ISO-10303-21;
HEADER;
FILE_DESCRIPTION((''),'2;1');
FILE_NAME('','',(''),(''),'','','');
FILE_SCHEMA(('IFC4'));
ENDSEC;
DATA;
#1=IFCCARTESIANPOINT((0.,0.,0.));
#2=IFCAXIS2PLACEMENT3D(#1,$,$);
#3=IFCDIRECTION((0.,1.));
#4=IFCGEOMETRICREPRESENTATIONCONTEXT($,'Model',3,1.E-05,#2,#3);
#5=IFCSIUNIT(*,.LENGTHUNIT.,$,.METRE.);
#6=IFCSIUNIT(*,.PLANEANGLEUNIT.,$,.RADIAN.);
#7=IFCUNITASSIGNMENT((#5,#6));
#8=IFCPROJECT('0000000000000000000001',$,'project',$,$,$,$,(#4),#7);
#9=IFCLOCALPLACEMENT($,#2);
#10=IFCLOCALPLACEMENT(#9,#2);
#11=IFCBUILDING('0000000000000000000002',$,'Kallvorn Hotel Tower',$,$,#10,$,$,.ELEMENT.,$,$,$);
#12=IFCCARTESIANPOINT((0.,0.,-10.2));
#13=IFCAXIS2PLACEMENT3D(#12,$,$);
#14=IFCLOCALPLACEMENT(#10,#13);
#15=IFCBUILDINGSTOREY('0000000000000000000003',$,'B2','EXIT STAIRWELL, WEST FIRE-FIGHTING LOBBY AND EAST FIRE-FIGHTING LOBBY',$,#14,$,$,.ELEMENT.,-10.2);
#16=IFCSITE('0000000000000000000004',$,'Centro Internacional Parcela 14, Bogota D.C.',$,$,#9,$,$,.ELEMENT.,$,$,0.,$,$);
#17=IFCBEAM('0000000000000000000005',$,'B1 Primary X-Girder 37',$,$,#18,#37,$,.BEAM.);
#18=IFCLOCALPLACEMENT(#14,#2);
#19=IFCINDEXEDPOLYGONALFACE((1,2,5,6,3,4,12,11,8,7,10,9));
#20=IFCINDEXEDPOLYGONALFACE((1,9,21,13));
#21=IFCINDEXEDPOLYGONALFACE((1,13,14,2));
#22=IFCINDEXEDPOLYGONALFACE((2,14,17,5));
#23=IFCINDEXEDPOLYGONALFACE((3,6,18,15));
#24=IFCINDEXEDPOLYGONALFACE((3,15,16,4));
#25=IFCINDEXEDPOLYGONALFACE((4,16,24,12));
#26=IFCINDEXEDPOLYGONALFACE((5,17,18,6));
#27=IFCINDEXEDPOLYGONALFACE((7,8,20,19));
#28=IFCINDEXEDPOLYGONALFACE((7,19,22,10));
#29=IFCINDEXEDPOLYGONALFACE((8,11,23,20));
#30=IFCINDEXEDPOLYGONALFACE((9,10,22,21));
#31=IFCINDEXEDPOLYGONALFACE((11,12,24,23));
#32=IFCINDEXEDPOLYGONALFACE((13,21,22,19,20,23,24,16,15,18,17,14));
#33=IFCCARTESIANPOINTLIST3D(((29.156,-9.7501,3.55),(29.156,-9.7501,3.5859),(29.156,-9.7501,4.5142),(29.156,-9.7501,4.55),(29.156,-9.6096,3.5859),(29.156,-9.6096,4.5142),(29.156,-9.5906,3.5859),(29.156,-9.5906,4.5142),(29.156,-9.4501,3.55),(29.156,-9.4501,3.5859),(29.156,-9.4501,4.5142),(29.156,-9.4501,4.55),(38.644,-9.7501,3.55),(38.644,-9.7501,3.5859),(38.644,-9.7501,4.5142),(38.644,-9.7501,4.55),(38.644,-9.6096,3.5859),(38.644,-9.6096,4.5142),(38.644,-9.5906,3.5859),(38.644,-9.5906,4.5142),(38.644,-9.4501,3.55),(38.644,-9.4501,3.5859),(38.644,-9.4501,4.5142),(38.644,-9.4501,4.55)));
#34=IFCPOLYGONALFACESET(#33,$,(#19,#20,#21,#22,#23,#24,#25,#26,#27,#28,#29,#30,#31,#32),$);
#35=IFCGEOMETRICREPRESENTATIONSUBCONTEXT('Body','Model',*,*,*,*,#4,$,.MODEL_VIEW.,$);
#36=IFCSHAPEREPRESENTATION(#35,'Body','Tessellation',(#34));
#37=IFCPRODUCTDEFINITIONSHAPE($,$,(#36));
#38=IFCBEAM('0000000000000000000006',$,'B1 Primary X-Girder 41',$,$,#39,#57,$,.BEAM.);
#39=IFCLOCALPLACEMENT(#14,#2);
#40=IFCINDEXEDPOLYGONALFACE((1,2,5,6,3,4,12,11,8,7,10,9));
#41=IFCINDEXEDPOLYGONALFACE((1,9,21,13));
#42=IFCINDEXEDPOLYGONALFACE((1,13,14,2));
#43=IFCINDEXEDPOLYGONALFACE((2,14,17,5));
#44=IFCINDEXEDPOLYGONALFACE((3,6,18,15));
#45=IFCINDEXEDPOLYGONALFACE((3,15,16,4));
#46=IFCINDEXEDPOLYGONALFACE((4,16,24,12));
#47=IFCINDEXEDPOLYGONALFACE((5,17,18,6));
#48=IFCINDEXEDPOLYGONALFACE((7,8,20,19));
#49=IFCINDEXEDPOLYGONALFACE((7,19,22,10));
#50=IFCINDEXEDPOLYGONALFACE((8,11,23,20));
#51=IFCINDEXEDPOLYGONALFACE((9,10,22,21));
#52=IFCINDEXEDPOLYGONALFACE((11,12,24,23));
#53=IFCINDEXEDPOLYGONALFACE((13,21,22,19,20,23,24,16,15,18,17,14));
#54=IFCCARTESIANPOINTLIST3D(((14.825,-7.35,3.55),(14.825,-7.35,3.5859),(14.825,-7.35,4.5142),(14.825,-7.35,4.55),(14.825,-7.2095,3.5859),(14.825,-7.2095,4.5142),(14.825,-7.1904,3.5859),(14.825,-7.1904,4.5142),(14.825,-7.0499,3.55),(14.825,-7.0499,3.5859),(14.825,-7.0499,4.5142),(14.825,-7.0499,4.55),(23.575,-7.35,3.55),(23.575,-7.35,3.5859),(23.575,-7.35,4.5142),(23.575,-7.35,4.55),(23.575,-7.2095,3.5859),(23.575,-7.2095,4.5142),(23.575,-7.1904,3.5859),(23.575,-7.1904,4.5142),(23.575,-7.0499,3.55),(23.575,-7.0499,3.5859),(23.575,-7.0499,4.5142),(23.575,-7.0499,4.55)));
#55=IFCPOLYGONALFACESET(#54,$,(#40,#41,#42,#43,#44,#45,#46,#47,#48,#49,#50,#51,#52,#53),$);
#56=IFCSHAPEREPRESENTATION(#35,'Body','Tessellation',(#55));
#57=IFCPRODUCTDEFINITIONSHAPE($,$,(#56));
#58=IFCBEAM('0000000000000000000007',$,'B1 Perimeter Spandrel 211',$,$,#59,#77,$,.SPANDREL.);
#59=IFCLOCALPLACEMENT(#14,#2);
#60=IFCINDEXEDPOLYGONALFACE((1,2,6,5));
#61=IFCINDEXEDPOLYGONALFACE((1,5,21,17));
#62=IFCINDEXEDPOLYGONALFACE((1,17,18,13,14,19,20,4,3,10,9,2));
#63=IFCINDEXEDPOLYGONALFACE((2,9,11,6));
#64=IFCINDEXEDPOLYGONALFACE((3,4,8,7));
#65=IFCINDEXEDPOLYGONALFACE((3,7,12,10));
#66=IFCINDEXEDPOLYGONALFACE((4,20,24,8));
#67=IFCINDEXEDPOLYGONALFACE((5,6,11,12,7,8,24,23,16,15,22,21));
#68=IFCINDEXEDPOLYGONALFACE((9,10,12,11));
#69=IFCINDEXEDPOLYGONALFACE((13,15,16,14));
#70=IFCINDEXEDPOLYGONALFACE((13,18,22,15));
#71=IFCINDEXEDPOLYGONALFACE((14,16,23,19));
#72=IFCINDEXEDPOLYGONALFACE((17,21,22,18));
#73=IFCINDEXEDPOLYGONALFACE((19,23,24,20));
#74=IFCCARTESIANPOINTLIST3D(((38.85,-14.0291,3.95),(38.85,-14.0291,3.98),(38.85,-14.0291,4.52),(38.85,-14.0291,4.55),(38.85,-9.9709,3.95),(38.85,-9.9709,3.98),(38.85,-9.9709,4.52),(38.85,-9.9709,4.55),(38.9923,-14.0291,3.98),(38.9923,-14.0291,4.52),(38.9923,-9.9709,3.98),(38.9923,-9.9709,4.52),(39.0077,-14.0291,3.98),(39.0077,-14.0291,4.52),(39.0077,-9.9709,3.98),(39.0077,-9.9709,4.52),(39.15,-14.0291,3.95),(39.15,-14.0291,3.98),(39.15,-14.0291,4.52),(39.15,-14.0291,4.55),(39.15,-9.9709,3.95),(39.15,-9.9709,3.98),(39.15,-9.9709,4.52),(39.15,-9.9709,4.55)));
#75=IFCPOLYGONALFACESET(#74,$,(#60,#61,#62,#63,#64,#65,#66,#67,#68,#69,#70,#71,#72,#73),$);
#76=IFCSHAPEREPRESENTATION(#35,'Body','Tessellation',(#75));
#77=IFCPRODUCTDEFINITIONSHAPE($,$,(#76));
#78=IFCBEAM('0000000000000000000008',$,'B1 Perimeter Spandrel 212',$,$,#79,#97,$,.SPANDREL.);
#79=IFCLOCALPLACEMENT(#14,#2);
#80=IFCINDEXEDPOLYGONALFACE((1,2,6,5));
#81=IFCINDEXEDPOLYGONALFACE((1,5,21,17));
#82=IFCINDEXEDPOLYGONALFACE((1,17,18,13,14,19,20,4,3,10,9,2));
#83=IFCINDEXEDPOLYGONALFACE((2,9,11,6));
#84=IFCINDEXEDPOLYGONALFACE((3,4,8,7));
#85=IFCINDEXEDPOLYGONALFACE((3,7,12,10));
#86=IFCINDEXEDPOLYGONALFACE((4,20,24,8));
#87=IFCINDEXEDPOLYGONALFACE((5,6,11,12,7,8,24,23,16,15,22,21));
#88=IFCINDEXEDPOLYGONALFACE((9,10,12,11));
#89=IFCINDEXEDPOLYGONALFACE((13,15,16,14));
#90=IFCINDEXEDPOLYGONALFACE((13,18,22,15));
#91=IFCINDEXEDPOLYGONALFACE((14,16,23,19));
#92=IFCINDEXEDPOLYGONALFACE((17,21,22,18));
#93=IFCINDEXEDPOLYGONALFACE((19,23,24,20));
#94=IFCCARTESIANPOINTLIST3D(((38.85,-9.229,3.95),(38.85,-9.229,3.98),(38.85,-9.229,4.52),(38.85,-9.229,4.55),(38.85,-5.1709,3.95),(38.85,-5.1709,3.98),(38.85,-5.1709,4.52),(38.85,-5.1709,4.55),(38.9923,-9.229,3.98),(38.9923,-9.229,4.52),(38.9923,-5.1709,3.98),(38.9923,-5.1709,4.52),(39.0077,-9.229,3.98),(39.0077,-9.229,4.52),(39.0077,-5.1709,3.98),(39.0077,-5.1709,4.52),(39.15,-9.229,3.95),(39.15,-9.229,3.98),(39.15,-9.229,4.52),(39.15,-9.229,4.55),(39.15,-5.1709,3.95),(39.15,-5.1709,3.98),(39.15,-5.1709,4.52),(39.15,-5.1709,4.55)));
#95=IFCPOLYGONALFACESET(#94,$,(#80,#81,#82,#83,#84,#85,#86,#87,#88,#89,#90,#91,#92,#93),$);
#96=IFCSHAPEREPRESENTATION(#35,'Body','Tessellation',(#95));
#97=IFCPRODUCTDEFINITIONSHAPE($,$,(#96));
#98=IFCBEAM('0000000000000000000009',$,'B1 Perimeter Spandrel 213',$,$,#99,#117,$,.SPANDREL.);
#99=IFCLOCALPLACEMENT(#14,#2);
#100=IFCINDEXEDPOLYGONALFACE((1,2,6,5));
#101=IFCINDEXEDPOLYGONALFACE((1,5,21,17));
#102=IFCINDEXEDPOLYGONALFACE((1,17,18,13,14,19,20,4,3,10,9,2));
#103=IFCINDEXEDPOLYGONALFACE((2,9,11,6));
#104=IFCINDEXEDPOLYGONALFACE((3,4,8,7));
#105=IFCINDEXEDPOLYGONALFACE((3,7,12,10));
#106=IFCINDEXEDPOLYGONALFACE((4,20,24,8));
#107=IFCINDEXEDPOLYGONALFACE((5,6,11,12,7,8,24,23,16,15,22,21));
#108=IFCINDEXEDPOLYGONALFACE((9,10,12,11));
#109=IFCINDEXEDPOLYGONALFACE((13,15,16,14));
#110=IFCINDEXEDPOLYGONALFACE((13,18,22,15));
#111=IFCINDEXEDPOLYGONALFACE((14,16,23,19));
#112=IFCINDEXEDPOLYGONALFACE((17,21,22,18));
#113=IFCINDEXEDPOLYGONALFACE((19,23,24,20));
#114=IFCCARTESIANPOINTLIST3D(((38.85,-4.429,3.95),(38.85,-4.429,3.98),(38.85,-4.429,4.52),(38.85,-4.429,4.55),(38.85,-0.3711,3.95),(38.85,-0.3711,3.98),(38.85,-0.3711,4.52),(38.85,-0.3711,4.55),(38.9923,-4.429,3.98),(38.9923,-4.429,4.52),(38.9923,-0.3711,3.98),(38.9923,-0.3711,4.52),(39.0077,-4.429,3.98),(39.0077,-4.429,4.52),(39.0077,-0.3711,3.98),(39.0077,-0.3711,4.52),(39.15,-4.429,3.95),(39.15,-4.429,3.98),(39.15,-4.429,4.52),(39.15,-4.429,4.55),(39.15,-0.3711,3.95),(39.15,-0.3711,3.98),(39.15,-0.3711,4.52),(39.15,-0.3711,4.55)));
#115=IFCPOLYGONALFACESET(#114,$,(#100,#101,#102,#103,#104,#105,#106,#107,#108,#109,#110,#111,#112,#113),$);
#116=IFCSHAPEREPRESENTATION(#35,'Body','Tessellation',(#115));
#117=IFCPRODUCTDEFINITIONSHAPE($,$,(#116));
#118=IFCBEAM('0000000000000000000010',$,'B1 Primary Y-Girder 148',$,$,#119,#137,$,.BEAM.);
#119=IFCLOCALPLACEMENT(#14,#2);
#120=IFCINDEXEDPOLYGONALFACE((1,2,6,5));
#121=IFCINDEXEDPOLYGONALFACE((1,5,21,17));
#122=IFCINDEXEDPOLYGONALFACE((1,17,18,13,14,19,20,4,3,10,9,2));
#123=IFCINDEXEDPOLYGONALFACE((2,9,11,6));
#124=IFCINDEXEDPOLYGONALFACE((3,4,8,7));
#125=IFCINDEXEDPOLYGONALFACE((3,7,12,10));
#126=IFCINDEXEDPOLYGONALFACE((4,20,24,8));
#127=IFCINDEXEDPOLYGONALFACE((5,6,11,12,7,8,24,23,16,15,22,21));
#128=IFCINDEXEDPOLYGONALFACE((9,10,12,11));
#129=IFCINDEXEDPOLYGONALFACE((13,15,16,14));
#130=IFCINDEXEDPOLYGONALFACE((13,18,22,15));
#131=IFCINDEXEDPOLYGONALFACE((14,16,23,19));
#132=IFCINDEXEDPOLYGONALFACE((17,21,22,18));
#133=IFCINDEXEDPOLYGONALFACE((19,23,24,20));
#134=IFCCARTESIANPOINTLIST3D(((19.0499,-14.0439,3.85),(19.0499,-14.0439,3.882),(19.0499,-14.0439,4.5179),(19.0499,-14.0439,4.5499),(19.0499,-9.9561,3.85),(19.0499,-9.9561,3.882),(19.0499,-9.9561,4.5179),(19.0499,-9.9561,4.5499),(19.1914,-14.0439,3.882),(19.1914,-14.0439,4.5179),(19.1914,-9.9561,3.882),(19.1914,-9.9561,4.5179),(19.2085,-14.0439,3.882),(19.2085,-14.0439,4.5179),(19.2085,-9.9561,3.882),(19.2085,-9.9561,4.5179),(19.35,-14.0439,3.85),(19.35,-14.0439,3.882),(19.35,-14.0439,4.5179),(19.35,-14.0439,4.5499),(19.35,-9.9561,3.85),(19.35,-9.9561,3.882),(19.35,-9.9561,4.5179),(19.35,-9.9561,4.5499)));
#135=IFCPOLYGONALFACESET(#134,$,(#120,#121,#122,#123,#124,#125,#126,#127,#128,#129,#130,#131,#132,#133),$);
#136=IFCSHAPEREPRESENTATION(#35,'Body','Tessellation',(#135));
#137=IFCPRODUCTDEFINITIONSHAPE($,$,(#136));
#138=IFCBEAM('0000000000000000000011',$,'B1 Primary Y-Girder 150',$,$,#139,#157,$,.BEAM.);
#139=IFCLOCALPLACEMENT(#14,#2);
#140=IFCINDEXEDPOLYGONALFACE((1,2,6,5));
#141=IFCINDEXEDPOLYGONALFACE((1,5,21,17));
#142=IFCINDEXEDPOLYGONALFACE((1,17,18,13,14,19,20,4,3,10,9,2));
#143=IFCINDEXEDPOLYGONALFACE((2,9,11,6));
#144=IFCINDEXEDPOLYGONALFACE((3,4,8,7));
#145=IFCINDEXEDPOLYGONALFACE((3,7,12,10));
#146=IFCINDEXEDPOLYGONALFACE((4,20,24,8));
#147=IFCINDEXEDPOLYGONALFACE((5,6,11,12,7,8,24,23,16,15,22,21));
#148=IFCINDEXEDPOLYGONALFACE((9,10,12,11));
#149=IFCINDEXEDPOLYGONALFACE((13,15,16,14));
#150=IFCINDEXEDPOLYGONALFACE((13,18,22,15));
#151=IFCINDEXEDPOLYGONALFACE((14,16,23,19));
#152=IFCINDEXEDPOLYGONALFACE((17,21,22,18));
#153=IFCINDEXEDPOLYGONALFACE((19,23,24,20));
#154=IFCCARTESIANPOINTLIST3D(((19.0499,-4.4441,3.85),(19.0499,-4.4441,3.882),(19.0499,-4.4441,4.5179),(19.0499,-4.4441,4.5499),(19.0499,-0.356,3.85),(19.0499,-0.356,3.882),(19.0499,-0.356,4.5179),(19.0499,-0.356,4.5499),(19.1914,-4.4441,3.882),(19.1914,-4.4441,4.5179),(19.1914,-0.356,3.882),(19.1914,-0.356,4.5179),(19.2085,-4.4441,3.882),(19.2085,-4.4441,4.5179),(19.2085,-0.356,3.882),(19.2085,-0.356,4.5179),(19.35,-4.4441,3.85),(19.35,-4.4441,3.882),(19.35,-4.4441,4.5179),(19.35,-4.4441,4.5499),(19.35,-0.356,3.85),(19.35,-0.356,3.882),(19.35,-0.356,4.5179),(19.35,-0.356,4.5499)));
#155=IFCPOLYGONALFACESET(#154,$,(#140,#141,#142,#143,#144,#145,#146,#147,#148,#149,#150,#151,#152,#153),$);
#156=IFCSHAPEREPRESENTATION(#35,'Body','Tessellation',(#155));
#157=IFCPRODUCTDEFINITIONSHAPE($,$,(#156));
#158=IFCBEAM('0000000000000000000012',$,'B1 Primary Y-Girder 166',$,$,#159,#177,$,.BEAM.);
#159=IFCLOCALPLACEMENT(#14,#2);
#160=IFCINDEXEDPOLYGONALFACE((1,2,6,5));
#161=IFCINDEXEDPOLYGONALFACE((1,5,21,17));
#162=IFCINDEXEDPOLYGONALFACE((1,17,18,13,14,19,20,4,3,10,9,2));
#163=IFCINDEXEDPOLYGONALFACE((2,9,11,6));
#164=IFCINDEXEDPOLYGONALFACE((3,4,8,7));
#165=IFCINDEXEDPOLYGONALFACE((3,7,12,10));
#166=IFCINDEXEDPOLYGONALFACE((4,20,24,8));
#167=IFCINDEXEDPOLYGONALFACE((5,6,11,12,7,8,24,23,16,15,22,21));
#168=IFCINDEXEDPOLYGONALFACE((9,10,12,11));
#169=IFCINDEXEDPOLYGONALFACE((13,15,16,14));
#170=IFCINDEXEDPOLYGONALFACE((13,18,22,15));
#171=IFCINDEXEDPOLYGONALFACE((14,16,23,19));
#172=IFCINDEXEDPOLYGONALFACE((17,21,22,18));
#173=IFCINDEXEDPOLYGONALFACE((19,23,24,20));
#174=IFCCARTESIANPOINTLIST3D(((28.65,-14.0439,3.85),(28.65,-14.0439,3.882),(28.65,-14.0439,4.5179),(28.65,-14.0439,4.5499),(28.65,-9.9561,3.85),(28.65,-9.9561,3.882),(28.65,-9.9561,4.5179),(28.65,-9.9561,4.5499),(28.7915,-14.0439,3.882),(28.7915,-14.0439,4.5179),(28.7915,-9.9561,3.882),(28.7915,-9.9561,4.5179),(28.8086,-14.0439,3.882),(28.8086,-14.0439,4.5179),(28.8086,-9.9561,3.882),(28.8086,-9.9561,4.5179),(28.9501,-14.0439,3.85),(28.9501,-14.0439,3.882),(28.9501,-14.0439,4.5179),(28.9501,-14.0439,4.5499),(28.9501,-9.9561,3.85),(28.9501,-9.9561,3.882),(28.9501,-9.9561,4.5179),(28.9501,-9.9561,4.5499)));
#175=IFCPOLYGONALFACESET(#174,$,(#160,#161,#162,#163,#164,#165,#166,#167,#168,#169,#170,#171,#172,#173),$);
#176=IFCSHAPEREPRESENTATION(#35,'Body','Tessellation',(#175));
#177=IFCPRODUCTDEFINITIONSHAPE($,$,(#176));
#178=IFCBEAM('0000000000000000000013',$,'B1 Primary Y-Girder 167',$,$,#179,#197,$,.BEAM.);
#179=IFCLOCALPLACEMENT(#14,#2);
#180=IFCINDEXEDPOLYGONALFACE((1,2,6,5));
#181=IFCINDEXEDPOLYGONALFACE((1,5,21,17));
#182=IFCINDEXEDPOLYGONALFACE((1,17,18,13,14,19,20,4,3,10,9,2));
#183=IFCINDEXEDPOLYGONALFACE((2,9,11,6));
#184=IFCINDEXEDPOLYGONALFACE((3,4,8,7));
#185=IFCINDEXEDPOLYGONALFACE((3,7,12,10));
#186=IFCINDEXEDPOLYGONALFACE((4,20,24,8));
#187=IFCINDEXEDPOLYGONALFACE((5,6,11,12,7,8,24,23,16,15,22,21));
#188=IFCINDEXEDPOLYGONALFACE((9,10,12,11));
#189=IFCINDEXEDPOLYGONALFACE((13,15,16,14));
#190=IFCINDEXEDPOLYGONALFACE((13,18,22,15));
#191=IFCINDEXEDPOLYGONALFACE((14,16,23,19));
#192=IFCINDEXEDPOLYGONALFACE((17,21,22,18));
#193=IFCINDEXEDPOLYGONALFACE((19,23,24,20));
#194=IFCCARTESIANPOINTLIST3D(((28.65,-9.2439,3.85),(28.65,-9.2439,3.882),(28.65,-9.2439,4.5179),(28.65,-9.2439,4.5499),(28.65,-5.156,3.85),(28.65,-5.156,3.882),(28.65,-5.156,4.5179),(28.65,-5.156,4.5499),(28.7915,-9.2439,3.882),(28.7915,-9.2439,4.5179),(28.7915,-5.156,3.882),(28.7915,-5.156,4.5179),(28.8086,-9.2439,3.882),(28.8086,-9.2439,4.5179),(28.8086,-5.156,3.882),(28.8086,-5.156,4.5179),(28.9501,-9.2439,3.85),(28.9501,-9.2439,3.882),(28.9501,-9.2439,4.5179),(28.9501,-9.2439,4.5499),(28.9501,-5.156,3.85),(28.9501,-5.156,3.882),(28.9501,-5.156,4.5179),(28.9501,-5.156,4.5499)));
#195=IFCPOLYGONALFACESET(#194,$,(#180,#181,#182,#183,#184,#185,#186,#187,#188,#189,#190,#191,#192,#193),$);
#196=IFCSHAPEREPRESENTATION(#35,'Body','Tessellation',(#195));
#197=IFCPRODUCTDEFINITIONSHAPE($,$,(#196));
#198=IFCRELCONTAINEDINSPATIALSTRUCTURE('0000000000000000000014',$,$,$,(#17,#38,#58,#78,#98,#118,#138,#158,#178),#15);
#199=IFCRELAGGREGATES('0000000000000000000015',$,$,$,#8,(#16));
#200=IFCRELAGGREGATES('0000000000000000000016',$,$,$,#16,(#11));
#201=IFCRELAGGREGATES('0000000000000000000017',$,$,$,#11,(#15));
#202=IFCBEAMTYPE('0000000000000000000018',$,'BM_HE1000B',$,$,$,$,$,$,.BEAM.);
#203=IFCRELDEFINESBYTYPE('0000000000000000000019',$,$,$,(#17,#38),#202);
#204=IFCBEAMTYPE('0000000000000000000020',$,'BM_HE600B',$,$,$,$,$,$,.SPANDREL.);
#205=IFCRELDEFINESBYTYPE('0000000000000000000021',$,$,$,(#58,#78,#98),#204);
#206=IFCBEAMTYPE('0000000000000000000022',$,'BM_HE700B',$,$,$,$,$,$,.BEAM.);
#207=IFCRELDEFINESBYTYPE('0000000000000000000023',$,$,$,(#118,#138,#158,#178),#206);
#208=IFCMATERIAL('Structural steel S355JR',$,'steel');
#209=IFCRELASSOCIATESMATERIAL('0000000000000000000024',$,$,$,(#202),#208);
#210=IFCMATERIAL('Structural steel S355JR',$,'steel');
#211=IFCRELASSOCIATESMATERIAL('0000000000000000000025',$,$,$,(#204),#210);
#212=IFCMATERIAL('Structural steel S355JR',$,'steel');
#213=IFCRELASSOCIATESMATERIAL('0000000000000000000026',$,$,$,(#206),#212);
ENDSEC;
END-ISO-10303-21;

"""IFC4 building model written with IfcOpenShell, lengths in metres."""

from ifc_helpers import new_model, si_unit, direction, frame, origin, origin_2d, place, context, subcontext, project, spatial, i_section, extrude, material, material_profile, profile_set, type_object, element, save


model = new_model("IFC4")

# Units and contexts
model_context = context("Model", 3, precision=1e-05, world=origin(), true_north=direction((0.0, 1.0)))
body_context = subcontext(model_context, "Body", "Model", "MODEL_VIEW")
ifc_project = project(units=[si_unit("LENGTHUNIT", "METRE"), si_unit("PLANEANGLEUNIT", "RADIAN")], contexts=[model_context])

# Site, building, storey
site_placement = place(None, origin())
site = spatial("IfcSite", under=ifc_project, at=site_placement, Name="Centro Internacional Parcela 14, Bogota D.C.", CompositionType="ELEMENT", RefElevation=0.0)
building_placement = place(site_placement, origin())
building = spatial("IfcBuilding", under=site, at=building_placement, Name="Kallvorn Hotel Tower", CompositionType="ELEMENT")
storey_placement = place(building_placement, frame((0.0, 0.0, -10.2)))
storey = spatial("IfcBuildingStorey", under=building, at=storey_placement, Name="B2", Description="EXIT STAIRWELL, WEST FIRE-FIGHTING LOBBY AND EAST FIRE-FIGHTING LOBBY", CompositionType="ELEMENT", Elevation=-10.2)

# Beams
ifc_material_1 = material(Name="Structural steel S355JR", Category="steel")
ifc_material_profile_1 = material_profile(ifc_material_1, i_section(OverallWidth=0.3, OverallDepth=1.0, WebThickness=0.019, FlangeThickness=0.0359, at=origin_2d()), Name="HE 1000 B")
ifc_profile_set_1 = profile_set([ifc_material_profile_1], Name="Structural steel S355JR")
beam_type_1 = type_object("IfcBeamType", Name="BM_HE1000B", PredefinedType="BEAM", material=ifc_profile_set_1)
beam_1_placement = place(storey_placement, frame((29.156, -9.6001, 4.05), z_axis=(1.0, 0.0, 0.0), x_axis=(0.0, 1.0, 0.0)))
element("IfcBeam", 1, at=beam_1_placement, inside=storey, type_object=beam_type_1, Name="B1 Primary X-Girder 37", PredefinedType="BEAM", context=body_context, shape_type="SweptSolid", body=[
    extrude(i_section(OverallWidth=0.3, OverallDepth=1.0, WebThickness=0.019, FlangeThickness=0.0359, at=origin_2d()), origin(), (0.0, 0.0, 1.0), 9.488),
])
beam_2_placement = place(storey_placement, frame((14.825, -7.2, 4.05), z_axis=(1.0, 0.0, 0.0), x_axis=(0.0, 1.0, 0.0)))
element("IfcBeam", 2, at=beam_2_placement, inside=storey, type_object=beam_type_1, Name="B1 Primary X-Girder 41", PredefinedType="BEAM", context=body_context, shape_type="SweptSolid", body=[
    extrude(i_section(OverallWidth=0.3, OverallDepth=1.0, WebThickness=0.019, FlangeThickness=0.0359, at=origin_2d()), origin(), (0.0, 0.0, 1.0), 8.75),
])
ifc_material_2 = material(Name="Structural steel S355JR", Category="steel")
ifc_material_profile_2 = material_profile(ifc_material_2, i_section(OverallWidth=0.3, OverallDepth=0.6001, WebThickness=0.0154, FlangeThickness=0.03, at=origin_2d()), Name="HE 600 B")
ifc_profile_set_2 = profile_set([ifc_material_profile_2], Name="Structural steel S355JR")
beam_type_2 = type_object("IfcBeamType", Name="BM_HE600B", PredefinedType="SPANDREL", material=ifc_profile_set_2)
for number, where, z_axis, x_axis, name in (
    (3, (39.0, -14.0291, 4.25), (0.0, 1.0, 0.0), (-1.0, 0.0, 0.0), "B1 Perimeter Spandrel 211"),
    (4, (39.0, -9.229, 4.25), (0.0, 1.0, 0.0), (-1.0, 0.0, 0.0), "B1 Perimeter Spandrel 212"),
):
    element("IfcBeam", number, at=place(storey_placement, frame(where, z_axis=z_axis, x_axis=x_axis)), inside=storey, type_object=beam_type_2, Name=name, PredefinedType="SPANDREL", context=body_context, shape_type="SweptSolid", body=[
        extrude(i_section(OverallWidth=0.3, OverallDepth=0.6001, WebThickness=0.0154, FlangeThickness=0.03, at=origin_2d()), origin(), (0.0, 0.0, 1.0), 4.0581),
    ])
beam_3_placement = place(storey_placement, frame((39.0, -4.429, 4.25), z_axis=(0.0, 1.0, 0.0), x_axis=(-1.0, 0.0, 0.0)))
element("IfcBeam", 5, at=beam_3_placement, inside=storey, type_object=beam_type_2, Name="B1 Perimeter Spandrel 213", PredefinedType="SPANDREL", context=body_context, shape_type="SweptSolid", body=[
    extrude(i_section(OverallWidth=0.3, OverallDepth=0.6001, WebThickness=0.0154, FlangeThickness=0.03, at=origin_2d()), origin(), (0.0, 0.0, 1.0), 4.0579),
])
ifc_material_3 = material(Name="Structural steel S355JR", Category="steel")
ifc_material_profile_3 = material_profile(ifc_material_3, i_section(OverallWidth=0.3, OverallDepth=0.7, WebThickness=0.0171, FlangeThickness=0.032, at=origin_2d()), Name="HE 700 B")
ifc_profile_set_3 = profile_set([ifc_material_profile_3], Name="Structural steel S355JR")
beam_type_3 = type_object("IfcBeamType", Name="BM_HE700B", PredefinedType="BEAM", material=ifc_profile_set_3)
beam_4_placement = place(storey_placement, frame((19.2, -14.0439, 4.2), z_axis=(0.0, 1.0, 0.0), x_axis=(-1.0, 0.0, 0.0)))
element("IfcBeam", 6, at=beam_4_placement, inside=storey, type_object=beam_type_3, Name="B1 Primary Y-Girder 148", PredefinedType="BEAM", context=body_context, shape_type="SweptSolid", body=[
    extrude(i_section(OverallWidth=0.3, OverallDepth=0.7, WebThickness=0.0171, FlangeThickness=0.032, at=origin_2d()), origin(), (0.0, 0.0, 1.0), 4.0879),
])
beam_5_placement = place(storey_placement, frame((19.2, -4.4441, 4.2), z_axis=(0.0, 1.0, 0.0), x_axis=(-1.0, 0.0, 0.0)))
element("IfcBeam", 7, at=beam_5_placement, inside=storey, type_object=beam_type_3, Name="B1 Primary Y-Girder 150", PredefinedType="BEAM", context=body_context, shape_type="SweptSolid", body=[
    extrude(i_section(OverallWidth=0.3, OverallDepth=0.7, WebThickness=0.0171, FlangeThickness=0.032, at=origin_2d()), origin(), (0.0, 0.0, 1.0), 4.0881),
])
for number, where, z_axis, x_axis, name in (
    (8, (28.8, -14.0439, 4.2), (0.0, 1.0, 0.0), (-1.0, 0.0, 0.0), "B1 Primary Y-Girder 166"),
    (9, (28.8, -9.2439, 4.2), (0.0, 1.0, 0.0), (-1.0, 0.0, 0.0), "B1 Primary Y-Girder 167"),
):
    element("IfcBeam", number, at=place(storey_placement, frame(where, z_axis=z_axis, x_axis=x_axis)), inside=storey, type_object=beam_type_3, Name=name, PredefinedType="BEAM", context=body_context, shape_type="SweptSolid", body=[
        extrude(i_section(OverallWidth=0.3, OverallDepth=0.7, WebThickness=0.0171, FlangeThickness=0.032, at=origin_2d()), origin(), (0.0, 0.0, 1.0), 4.0879),
    ])

save(model, "model.ifc")
